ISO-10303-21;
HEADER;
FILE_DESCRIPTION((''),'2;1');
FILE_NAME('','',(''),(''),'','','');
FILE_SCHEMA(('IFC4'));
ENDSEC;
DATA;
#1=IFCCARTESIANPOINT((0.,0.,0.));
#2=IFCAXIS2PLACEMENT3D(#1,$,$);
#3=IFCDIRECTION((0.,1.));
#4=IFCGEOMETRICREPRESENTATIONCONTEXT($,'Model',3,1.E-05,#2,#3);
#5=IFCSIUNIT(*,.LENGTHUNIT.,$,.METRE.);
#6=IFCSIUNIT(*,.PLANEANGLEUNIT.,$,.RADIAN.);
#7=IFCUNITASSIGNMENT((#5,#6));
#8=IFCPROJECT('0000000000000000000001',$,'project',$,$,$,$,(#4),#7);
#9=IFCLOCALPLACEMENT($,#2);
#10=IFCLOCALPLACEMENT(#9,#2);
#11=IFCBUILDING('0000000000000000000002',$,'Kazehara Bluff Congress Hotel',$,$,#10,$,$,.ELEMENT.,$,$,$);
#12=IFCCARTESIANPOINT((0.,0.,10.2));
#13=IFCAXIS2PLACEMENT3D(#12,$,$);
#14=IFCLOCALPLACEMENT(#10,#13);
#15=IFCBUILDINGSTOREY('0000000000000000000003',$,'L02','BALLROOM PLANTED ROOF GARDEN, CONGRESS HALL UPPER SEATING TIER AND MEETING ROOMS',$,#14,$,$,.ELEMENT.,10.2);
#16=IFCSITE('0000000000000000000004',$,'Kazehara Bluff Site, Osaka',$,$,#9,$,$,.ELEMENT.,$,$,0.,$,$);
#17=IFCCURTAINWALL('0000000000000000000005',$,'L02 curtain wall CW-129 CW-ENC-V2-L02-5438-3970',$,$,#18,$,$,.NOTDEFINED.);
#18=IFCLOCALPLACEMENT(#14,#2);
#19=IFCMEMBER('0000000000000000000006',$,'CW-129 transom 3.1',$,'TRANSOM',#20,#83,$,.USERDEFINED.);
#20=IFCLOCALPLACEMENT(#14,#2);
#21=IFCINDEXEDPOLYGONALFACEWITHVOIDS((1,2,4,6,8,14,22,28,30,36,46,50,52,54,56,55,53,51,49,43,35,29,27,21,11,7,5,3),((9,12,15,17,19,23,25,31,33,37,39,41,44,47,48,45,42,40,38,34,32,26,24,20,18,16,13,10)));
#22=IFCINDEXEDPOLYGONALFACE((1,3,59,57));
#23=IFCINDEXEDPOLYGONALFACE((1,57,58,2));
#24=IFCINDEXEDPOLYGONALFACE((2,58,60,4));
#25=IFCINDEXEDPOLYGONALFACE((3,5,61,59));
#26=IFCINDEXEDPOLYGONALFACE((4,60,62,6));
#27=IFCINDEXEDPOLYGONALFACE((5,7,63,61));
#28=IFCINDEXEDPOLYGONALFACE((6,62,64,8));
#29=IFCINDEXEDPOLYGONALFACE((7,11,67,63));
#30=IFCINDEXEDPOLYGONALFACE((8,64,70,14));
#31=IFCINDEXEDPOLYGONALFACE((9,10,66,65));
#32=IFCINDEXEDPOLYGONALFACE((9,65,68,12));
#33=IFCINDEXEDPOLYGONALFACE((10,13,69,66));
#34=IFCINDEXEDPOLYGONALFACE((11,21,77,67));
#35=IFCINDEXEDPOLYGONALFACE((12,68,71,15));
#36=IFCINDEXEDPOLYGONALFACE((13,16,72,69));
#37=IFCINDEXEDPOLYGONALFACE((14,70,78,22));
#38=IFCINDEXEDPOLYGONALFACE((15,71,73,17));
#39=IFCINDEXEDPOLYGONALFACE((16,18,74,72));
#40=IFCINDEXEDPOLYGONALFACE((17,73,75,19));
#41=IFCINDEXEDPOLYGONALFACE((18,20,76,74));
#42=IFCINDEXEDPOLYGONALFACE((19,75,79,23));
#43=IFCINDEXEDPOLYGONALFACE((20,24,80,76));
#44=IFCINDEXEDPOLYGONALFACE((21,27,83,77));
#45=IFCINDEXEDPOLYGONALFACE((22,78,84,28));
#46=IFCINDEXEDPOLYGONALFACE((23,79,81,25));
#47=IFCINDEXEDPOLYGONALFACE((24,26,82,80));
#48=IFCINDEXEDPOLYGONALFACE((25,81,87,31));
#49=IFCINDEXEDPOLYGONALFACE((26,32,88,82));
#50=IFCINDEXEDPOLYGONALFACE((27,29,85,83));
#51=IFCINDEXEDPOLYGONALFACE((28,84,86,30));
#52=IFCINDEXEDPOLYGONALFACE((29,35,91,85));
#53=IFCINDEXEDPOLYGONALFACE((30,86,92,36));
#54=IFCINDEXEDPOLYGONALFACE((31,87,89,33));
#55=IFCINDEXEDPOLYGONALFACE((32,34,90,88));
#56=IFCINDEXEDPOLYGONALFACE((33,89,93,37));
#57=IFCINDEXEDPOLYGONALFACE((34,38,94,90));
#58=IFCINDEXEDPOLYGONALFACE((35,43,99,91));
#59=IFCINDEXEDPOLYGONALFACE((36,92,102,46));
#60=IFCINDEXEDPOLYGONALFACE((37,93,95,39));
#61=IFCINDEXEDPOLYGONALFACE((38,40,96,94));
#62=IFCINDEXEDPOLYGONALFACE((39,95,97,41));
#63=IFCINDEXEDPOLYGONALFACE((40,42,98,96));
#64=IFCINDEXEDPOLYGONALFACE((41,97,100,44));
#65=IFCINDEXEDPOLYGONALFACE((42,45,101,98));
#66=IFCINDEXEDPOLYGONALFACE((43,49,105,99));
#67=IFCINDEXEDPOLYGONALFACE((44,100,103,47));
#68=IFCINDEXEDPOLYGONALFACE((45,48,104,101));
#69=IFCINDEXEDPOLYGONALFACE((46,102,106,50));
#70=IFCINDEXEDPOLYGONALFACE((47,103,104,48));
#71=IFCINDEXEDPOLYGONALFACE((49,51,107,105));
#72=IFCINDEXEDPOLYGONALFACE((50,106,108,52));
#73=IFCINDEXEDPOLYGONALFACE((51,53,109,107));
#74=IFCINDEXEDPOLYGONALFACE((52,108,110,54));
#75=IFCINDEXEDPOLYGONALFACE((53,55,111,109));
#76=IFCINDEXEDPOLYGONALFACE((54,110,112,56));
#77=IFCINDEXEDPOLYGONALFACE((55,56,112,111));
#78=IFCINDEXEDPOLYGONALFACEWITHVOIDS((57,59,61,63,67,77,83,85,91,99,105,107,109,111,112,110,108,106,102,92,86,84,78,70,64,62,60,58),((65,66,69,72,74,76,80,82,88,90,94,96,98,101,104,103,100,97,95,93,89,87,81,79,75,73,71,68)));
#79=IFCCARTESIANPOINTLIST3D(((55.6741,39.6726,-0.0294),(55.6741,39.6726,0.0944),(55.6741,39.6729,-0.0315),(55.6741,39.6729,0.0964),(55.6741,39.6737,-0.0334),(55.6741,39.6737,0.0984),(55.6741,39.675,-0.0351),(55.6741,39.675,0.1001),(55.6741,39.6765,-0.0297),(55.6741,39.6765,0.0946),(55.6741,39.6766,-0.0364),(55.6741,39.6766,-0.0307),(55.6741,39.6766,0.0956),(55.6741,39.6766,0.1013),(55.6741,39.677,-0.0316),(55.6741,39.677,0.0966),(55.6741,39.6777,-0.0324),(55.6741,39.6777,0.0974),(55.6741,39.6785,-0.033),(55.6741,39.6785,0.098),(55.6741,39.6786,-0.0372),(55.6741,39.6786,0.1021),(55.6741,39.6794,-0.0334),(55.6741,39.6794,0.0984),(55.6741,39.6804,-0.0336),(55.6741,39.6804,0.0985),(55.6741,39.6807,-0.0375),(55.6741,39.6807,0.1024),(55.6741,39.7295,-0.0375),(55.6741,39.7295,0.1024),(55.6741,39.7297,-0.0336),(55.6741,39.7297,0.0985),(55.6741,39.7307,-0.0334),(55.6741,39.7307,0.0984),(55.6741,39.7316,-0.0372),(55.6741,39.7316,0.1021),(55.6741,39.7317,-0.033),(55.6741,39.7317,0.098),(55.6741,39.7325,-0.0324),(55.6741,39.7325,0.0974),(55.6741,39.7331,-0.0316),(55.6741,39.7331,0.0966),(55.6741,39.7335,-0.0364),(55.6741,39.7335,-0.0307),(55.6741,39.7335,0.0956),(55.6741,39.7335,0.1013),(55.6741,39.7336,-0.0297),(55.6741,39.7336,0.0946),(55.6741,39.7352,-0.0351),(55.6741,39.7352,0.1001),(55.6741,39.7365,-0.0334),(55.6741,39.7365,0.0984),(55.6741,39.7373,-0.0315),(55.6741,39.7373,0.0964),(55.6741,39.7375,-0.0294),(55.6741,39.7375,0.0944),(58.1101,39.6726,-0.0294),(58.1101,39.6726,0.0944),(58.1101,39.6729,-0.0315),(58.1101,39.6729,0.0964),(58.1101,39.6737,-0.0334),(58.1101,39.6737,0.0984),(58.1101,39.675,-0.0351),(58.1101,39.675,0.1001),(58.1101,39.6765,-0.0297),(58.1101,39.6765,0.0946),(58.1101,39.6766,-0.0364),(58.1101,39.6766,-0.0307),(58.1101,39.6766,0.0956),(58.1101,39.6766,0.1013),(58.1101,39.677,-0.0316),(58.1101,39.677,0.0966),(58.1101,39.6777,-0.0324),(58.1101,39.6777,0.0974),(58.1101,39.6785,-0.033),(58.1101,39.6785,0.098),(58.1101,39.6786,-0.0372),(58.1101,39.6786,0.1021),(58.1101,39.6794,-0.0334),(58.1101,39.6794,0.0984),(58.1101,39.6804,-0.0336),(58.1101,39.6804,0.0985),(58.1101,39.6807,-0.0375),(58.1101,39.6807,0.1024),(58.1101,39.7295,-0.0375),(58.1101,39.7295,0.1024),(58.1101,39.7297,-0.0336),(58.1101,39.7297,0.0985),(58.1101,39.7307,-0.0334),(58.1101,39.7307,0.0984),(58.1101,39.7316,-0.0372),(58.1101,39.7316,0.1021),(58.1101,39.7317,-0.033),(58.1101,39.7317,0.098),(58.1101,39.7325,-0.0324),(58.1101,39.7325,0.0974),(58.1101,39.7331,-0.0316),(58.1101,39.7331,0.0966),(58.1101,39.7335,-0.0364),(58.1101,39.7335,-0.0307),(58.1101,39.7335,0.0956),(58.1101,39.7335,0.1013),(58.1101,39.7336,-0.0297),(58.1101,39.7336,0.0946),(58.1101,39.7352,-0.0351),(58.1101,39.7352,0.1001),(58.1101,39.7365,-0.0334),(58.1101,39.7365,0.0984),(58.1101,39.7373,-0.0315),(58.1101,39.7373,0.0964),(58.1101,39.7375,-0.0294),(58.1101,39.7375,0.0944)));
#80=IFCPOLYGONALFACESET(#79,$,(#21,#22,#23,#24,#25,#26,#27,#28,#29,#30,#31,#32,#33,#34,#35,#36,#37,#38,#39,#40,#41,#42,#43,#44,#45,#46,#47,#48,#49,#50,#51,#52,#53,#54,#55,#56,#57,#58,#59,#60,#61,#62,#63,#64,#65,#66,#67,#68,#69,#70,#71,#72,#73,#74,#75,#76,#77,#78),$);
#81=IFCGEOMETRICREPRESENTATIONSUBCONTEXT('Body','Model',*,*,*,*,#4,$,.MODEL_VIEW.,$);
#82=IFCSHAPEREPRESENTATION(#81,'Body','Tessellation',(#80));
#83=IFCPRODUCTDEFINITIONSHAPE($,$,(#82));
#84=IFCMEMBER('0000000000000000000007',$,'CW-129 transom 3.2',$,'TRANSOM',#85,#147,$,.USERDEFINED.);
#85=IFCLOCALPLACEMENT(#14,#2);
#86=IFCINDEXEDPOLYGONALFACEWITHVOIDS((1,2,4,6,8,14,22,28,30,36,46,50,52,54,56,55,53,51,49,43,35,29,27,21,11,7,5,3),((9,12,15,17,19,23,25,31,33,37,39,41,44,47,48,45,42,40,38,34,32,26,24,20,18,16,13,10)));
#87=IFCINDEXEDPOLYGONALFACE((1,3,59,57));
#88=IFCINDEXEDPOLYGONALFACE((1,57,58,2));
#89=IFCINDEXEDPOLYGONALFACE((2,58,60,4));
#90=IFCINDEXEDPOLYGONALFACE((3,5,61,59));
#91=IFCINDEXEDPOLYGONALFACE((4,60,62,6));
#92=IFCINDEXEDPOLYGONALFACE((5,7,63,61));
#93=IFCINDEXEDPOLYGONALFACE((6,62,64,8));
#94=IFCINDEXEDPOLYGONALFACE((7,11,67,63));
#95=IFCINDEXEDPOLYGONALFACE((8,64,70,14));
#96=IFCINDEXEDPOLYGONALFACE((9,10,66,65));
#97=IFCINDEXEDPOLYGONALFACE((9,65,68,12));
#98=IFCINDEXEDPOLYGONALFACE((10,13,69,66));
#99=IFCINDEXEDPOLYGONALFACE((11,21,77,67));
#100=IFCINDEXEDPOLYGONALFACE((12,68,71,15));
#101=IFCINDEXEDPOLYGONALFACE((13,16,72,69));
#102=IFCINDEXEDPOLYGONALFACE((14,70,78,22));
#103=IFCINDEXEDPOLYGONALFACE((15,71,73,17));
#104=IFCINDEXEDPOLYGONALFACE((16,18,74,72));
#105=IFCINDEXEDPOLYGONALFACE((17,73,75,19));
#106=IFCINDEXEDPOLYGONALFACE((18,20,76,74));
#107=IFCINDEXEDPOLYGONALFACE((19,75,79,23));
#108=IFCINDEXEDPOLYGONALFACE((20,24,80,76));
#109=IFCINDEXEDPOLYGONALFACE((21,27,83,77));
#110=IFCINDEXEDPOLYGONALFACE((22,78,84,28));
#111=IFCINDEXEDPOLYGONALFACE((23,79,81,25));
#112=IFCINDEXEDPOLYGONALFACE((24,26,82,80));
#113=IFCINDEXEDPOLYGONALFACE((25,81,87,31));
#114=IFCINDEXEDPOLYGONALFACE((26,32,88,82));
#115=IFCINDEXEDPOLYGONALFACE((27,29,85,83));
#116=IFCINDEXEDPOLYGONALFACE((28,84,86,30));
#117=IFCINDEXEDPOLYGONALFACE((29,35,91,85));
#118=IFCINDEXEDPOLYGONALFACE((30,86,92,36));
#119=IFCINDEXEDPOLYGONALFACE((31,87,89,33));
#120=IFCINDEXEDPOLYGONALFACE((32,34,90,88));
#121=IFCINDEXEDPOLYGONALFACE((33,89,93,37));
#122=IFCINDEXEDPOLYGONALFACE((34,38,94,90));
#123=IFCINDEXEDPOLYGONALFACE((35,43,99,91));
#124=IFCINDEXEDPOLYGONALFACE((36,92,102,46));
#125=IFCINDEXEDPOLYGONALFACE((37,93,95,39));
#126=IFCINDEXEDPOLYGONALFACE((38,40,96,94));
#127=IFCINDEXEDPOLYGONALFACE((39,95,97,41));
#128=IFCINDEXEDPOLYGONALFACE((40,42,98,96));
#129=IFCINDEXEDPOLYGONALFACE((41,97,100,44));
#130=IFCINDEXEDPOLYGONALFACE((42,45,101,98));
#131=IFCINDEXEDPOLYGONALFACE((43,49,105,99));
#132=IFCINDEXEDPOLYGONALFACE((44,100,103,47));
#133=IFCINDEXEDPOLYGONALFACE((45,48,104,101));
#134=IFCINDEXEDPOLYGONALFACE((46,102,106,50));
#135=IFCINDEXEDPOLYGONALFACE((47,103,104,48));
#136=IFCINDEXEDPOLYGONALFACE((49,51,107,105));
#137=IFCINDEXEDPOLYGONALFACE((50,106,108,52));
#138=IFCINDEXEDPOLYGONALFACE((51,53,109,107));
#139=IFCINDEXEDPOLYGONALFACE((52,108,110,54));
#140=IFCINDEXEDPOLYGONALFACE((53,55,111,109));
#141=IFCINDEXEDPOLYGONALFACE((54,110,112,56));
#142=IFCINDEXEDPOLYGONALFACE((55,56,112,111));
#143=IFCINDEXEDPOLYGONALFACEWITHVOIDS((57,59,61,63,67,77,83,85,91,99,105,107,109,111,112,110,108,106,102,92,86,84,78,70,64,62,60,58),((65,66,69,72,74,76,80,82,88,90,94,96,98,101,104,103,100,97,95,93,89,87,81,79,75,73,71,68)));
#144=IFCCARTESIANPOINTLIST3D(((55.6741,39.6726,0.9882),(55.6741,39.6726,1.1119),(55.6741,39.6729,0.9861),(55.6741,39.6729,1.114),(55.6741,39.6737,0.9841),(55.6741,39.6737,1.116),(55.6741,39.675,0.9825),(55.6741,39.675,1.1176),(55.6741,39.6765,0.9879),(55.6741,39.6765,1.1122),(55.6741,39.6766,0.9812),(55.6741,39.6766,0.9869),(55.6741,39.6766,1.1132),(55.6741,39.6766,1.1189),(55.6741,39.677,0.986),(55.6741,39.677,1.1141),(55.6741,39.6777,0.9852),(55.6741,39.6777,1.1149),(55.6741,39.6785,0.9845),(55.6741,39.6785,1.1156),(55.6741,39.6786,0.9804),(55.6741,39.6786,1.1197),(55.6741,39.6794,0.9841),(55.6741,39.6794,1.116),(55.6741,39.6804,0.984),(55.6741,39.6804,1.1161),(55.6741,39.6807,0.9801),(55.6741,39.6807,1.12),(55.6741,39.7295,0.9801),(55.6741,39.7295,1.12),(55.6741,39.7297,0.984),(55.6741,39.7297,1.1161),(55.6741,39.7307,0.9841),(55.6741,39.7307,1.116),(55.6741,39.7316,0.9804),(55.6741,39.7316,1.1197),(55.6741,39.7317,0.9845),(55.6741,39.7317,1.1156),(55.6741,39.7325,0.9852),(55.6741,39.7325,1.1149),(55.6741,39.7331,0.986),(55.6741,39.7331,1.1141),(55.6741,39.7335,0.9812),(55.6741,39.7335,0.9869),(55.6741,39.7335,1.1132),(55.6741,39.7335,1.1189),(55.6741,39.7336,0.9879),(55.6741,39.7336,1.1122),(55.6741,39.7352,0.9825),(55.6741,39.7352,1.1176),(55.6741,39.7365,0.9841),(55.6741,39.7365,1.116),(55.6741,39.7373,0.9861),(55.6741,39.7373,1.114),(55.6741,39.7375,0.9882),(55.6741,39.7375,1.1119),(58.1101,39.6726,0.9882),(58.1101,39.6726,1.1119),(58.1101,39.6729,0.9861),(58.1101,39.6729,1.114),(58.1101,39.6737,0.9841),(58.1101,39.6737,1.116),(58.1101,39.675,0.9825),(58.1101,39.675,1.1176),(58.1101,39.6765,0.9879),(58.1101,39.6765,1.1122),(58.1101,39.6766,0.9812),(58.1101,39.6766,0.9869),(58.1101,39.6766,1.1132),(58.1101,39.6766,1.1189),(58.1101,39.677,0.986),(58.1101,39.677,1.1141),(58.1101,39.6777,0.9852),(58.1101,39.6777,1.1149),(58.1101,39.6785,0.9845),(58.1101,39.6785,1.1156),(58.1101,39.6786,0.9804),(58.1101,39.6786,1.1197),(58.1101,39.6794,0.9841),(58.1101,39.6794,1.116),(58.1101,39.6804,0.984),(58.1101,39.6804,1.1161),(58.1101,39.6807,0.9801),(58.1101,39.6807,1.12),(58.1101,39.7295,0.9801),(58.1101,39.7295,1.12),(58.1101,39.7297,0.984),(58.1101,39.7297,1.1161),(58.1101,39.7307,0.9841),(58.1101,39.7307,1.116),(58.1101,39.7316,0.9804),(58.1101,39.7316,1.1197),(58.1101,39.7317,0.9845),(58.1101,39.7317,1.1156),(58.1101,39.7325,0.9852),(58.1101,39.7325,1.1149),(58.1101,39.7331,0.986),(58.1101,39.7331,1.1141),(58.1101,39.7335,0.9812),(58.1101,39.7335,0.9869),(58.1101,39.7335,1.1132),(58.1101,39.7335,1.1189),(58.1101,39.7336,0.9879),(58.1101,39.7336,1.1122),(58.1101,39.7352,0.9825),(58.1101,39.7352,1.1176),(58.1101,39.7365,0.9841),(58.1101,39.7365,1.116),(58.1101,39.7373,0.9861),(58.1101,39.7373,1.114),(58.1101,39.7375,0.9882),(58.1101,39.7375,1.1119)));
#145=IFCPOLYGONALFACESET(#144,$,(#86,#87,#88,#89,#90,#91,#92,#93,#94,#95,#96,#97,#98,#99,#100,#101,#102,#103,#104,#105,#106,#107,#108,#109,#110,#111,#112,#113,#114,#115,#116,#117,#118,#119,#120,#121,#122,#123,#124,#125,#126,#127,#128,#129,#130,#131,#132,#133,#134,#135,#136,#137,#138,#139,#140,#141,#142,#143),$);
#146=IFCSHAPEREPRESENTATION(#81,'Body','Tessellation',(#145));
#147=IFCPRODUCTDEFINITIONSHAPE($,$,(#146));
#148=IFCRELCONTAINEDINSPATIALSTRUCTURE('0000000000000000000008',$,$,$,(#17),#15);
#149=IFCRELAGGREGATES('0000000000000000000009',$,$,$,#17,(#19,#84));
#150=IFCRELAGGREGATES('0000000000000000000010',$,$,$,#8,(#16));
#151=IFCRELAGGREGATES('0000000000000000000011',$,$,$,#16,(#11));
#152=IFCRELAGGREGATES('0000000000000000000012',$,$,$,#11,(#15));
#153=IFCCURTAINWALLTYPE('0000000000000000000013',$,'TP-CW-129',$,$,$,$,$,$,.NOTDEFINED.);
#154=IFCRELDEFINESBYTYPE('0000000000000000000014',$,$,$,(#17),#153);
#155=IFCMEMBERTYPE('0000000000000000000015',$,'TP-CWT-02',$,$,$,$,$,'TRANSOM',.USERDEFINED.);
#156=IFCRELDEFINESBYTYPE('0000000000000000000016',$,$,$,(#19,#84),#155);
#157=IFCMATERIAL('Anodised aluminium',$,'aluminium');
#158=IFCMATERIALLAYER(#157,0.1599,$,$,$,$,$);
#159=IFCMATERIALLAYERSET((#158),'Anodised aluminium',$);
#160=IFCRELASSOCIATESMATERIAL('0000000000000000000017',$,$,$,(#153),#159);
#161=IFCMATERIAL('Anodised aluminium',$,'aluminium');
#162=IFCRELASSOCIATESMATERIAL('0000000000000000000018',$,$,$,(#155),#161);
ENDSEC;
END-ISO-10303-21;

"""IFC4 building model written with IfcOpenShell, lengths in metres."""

from ifc_helpers import new_model, si_unit, direction, frame, origin, origin_2d, place, context, subcontext, project, spatial, hollow_rectangle, extrude, material, layer, layer_set, material_profile, profile_set, type_object, element, aggregate, save


model = new_model("IFC4")

# Units and contexts
model_context = context("Model", 3, precision=1e-05, world=origin(), true_north=direction((0.0, 1.0)))
body_context = subcontext(model_context, "Body", "Model", "MODEL_VIEW")
ifc_project = project(units=[si_unit("LENGTHUNIT", "METRE"), si_unit("PLANEANGLEUNIT", "RADIAN")], contexts=[model_context])

# Site, building, storey
site_placement = place(None, origin())
site = spatial("IfcSite", under=ifc_project, at=site_placement, Name="Kazehara Bluff Site, Osaka", CompositionType="ELEMENT", RefElevation=0.0)
building_placement = place(site_placement, origin())
building = spatial("IfcBuilding", under=site, at=building_placement, Name="Kazehara Bluff Congress Hotel", CompositionType="ELEMENT")
storey_placement = place(building_placement, frame((0.0, 0.0, 10.2)))
storey = spatial("IfcBuildingStorey", under=building, at=storey_placement, Name="L02", Description="BALLROOM PLANTED ROOF GARDEN, CONGRESS HALL UPPER SEATING TIER AND MEETING ROOMS", CompositionType="ELEMENT", Elevation=10.2)

# Curtain wall
ifc_material_1 = material(Name="Anodised aluminium", Category="aluminium")
ifc_layer_1 = layer(ifc_material_1, 0.1599)
ifc_layer_set_1 = layer_set([ifc_layer_1], Name="Anodised aluminium")
curtain_wall_type_1 = type_object("IfcCurtainWallType", Name="TP-CW-129", PredefinedType="NOTDEFINED", material=ifc_layer_set_1)
curtain_wall_1_placement = place(storey_placement, origin())
curtain_wall_1 = element("IfcCurtainWall", 1, at=curtain_wall_1_placement, inside=storey, type_object=curtain_wall_type_1, Name="L02 curtain wall CW-129 CW-ENC-V2-L02-5438-3970", PredefinedType="NOTDEFINED")

# Members
ifc_material_2 = material(Name="Anodised aluminium", Category="aluminium")
ifc_material_profile_1 = material_profile(ifc_material_2, hollow_rectangle(XDim=0.0649, YDim=0.1399, WallThickness=0.0039, InnerFilletRadius=0.0039, OuterFilletRadius=0.0081, at=origin_2d()))
ifc_profile_set_1 = profile_set([ifc_material_profile_1], Name="Anodised aluminium")
member_type_1 = type_object("IfcMemberType", Name="TP-CWT-02", ElementType="TRANSOM", PredefinedType="USERDEFINED", material=ifc_profile_set_1)
member_1_placement = place(storey_placement, frame((55.6741, 39.7051, 0.0325), z_axis=(1.0, 0.0, 0.0), x_axis=(0.0, 1.0, 0.0)))
member_1 = element("IfcMember", 2, at=member_1_placement, type_object=member_type_1, Name="CW-129 transom 3.1", ObjectType="TRANSOM", PredefinedType="USERDEFINED", context=body_context, shape_type="SweptSolid", body=[
    extrude(hollow_rectangle(XDim=0.0649, YDim=0.1399, WallThickness=0.0039, InnerFilletRadius=0.0039, OuterFilletRadius=0.0081, at=origin_2d()), origin(), (0.0, 0.0, 1.0), 2.436),
])
member_2_placement = place(storey_placement, frame((55.6741, 39.7051, 1.05), z_axis=(1.0, 0.0, 0.0), x_axis=(0.0, 1.0, 0.0)))
member_2 = element("IfcMember", 3, at=member_2_placement, type_object=member_type_1, Name="CW-129 transom 3.2", ObjectType="TRANSOM", PredefinedType="USERDEFINED", context=body_context, shape_type="SweptSolid", body=[
    extrude(hollow_rectangle(XDim=0.0649, YDim=0.1399, WallThickness=0.0039, InnerFilletRadius=0.0039, OuterFilletRadius=0.0081, at=origin_2d()), origin(), (0.0, 0.0, 1.0), 2.436),
])

aggregate(curtain_wall_1, [member_1, member_2])

save(model, "model.ifc")
